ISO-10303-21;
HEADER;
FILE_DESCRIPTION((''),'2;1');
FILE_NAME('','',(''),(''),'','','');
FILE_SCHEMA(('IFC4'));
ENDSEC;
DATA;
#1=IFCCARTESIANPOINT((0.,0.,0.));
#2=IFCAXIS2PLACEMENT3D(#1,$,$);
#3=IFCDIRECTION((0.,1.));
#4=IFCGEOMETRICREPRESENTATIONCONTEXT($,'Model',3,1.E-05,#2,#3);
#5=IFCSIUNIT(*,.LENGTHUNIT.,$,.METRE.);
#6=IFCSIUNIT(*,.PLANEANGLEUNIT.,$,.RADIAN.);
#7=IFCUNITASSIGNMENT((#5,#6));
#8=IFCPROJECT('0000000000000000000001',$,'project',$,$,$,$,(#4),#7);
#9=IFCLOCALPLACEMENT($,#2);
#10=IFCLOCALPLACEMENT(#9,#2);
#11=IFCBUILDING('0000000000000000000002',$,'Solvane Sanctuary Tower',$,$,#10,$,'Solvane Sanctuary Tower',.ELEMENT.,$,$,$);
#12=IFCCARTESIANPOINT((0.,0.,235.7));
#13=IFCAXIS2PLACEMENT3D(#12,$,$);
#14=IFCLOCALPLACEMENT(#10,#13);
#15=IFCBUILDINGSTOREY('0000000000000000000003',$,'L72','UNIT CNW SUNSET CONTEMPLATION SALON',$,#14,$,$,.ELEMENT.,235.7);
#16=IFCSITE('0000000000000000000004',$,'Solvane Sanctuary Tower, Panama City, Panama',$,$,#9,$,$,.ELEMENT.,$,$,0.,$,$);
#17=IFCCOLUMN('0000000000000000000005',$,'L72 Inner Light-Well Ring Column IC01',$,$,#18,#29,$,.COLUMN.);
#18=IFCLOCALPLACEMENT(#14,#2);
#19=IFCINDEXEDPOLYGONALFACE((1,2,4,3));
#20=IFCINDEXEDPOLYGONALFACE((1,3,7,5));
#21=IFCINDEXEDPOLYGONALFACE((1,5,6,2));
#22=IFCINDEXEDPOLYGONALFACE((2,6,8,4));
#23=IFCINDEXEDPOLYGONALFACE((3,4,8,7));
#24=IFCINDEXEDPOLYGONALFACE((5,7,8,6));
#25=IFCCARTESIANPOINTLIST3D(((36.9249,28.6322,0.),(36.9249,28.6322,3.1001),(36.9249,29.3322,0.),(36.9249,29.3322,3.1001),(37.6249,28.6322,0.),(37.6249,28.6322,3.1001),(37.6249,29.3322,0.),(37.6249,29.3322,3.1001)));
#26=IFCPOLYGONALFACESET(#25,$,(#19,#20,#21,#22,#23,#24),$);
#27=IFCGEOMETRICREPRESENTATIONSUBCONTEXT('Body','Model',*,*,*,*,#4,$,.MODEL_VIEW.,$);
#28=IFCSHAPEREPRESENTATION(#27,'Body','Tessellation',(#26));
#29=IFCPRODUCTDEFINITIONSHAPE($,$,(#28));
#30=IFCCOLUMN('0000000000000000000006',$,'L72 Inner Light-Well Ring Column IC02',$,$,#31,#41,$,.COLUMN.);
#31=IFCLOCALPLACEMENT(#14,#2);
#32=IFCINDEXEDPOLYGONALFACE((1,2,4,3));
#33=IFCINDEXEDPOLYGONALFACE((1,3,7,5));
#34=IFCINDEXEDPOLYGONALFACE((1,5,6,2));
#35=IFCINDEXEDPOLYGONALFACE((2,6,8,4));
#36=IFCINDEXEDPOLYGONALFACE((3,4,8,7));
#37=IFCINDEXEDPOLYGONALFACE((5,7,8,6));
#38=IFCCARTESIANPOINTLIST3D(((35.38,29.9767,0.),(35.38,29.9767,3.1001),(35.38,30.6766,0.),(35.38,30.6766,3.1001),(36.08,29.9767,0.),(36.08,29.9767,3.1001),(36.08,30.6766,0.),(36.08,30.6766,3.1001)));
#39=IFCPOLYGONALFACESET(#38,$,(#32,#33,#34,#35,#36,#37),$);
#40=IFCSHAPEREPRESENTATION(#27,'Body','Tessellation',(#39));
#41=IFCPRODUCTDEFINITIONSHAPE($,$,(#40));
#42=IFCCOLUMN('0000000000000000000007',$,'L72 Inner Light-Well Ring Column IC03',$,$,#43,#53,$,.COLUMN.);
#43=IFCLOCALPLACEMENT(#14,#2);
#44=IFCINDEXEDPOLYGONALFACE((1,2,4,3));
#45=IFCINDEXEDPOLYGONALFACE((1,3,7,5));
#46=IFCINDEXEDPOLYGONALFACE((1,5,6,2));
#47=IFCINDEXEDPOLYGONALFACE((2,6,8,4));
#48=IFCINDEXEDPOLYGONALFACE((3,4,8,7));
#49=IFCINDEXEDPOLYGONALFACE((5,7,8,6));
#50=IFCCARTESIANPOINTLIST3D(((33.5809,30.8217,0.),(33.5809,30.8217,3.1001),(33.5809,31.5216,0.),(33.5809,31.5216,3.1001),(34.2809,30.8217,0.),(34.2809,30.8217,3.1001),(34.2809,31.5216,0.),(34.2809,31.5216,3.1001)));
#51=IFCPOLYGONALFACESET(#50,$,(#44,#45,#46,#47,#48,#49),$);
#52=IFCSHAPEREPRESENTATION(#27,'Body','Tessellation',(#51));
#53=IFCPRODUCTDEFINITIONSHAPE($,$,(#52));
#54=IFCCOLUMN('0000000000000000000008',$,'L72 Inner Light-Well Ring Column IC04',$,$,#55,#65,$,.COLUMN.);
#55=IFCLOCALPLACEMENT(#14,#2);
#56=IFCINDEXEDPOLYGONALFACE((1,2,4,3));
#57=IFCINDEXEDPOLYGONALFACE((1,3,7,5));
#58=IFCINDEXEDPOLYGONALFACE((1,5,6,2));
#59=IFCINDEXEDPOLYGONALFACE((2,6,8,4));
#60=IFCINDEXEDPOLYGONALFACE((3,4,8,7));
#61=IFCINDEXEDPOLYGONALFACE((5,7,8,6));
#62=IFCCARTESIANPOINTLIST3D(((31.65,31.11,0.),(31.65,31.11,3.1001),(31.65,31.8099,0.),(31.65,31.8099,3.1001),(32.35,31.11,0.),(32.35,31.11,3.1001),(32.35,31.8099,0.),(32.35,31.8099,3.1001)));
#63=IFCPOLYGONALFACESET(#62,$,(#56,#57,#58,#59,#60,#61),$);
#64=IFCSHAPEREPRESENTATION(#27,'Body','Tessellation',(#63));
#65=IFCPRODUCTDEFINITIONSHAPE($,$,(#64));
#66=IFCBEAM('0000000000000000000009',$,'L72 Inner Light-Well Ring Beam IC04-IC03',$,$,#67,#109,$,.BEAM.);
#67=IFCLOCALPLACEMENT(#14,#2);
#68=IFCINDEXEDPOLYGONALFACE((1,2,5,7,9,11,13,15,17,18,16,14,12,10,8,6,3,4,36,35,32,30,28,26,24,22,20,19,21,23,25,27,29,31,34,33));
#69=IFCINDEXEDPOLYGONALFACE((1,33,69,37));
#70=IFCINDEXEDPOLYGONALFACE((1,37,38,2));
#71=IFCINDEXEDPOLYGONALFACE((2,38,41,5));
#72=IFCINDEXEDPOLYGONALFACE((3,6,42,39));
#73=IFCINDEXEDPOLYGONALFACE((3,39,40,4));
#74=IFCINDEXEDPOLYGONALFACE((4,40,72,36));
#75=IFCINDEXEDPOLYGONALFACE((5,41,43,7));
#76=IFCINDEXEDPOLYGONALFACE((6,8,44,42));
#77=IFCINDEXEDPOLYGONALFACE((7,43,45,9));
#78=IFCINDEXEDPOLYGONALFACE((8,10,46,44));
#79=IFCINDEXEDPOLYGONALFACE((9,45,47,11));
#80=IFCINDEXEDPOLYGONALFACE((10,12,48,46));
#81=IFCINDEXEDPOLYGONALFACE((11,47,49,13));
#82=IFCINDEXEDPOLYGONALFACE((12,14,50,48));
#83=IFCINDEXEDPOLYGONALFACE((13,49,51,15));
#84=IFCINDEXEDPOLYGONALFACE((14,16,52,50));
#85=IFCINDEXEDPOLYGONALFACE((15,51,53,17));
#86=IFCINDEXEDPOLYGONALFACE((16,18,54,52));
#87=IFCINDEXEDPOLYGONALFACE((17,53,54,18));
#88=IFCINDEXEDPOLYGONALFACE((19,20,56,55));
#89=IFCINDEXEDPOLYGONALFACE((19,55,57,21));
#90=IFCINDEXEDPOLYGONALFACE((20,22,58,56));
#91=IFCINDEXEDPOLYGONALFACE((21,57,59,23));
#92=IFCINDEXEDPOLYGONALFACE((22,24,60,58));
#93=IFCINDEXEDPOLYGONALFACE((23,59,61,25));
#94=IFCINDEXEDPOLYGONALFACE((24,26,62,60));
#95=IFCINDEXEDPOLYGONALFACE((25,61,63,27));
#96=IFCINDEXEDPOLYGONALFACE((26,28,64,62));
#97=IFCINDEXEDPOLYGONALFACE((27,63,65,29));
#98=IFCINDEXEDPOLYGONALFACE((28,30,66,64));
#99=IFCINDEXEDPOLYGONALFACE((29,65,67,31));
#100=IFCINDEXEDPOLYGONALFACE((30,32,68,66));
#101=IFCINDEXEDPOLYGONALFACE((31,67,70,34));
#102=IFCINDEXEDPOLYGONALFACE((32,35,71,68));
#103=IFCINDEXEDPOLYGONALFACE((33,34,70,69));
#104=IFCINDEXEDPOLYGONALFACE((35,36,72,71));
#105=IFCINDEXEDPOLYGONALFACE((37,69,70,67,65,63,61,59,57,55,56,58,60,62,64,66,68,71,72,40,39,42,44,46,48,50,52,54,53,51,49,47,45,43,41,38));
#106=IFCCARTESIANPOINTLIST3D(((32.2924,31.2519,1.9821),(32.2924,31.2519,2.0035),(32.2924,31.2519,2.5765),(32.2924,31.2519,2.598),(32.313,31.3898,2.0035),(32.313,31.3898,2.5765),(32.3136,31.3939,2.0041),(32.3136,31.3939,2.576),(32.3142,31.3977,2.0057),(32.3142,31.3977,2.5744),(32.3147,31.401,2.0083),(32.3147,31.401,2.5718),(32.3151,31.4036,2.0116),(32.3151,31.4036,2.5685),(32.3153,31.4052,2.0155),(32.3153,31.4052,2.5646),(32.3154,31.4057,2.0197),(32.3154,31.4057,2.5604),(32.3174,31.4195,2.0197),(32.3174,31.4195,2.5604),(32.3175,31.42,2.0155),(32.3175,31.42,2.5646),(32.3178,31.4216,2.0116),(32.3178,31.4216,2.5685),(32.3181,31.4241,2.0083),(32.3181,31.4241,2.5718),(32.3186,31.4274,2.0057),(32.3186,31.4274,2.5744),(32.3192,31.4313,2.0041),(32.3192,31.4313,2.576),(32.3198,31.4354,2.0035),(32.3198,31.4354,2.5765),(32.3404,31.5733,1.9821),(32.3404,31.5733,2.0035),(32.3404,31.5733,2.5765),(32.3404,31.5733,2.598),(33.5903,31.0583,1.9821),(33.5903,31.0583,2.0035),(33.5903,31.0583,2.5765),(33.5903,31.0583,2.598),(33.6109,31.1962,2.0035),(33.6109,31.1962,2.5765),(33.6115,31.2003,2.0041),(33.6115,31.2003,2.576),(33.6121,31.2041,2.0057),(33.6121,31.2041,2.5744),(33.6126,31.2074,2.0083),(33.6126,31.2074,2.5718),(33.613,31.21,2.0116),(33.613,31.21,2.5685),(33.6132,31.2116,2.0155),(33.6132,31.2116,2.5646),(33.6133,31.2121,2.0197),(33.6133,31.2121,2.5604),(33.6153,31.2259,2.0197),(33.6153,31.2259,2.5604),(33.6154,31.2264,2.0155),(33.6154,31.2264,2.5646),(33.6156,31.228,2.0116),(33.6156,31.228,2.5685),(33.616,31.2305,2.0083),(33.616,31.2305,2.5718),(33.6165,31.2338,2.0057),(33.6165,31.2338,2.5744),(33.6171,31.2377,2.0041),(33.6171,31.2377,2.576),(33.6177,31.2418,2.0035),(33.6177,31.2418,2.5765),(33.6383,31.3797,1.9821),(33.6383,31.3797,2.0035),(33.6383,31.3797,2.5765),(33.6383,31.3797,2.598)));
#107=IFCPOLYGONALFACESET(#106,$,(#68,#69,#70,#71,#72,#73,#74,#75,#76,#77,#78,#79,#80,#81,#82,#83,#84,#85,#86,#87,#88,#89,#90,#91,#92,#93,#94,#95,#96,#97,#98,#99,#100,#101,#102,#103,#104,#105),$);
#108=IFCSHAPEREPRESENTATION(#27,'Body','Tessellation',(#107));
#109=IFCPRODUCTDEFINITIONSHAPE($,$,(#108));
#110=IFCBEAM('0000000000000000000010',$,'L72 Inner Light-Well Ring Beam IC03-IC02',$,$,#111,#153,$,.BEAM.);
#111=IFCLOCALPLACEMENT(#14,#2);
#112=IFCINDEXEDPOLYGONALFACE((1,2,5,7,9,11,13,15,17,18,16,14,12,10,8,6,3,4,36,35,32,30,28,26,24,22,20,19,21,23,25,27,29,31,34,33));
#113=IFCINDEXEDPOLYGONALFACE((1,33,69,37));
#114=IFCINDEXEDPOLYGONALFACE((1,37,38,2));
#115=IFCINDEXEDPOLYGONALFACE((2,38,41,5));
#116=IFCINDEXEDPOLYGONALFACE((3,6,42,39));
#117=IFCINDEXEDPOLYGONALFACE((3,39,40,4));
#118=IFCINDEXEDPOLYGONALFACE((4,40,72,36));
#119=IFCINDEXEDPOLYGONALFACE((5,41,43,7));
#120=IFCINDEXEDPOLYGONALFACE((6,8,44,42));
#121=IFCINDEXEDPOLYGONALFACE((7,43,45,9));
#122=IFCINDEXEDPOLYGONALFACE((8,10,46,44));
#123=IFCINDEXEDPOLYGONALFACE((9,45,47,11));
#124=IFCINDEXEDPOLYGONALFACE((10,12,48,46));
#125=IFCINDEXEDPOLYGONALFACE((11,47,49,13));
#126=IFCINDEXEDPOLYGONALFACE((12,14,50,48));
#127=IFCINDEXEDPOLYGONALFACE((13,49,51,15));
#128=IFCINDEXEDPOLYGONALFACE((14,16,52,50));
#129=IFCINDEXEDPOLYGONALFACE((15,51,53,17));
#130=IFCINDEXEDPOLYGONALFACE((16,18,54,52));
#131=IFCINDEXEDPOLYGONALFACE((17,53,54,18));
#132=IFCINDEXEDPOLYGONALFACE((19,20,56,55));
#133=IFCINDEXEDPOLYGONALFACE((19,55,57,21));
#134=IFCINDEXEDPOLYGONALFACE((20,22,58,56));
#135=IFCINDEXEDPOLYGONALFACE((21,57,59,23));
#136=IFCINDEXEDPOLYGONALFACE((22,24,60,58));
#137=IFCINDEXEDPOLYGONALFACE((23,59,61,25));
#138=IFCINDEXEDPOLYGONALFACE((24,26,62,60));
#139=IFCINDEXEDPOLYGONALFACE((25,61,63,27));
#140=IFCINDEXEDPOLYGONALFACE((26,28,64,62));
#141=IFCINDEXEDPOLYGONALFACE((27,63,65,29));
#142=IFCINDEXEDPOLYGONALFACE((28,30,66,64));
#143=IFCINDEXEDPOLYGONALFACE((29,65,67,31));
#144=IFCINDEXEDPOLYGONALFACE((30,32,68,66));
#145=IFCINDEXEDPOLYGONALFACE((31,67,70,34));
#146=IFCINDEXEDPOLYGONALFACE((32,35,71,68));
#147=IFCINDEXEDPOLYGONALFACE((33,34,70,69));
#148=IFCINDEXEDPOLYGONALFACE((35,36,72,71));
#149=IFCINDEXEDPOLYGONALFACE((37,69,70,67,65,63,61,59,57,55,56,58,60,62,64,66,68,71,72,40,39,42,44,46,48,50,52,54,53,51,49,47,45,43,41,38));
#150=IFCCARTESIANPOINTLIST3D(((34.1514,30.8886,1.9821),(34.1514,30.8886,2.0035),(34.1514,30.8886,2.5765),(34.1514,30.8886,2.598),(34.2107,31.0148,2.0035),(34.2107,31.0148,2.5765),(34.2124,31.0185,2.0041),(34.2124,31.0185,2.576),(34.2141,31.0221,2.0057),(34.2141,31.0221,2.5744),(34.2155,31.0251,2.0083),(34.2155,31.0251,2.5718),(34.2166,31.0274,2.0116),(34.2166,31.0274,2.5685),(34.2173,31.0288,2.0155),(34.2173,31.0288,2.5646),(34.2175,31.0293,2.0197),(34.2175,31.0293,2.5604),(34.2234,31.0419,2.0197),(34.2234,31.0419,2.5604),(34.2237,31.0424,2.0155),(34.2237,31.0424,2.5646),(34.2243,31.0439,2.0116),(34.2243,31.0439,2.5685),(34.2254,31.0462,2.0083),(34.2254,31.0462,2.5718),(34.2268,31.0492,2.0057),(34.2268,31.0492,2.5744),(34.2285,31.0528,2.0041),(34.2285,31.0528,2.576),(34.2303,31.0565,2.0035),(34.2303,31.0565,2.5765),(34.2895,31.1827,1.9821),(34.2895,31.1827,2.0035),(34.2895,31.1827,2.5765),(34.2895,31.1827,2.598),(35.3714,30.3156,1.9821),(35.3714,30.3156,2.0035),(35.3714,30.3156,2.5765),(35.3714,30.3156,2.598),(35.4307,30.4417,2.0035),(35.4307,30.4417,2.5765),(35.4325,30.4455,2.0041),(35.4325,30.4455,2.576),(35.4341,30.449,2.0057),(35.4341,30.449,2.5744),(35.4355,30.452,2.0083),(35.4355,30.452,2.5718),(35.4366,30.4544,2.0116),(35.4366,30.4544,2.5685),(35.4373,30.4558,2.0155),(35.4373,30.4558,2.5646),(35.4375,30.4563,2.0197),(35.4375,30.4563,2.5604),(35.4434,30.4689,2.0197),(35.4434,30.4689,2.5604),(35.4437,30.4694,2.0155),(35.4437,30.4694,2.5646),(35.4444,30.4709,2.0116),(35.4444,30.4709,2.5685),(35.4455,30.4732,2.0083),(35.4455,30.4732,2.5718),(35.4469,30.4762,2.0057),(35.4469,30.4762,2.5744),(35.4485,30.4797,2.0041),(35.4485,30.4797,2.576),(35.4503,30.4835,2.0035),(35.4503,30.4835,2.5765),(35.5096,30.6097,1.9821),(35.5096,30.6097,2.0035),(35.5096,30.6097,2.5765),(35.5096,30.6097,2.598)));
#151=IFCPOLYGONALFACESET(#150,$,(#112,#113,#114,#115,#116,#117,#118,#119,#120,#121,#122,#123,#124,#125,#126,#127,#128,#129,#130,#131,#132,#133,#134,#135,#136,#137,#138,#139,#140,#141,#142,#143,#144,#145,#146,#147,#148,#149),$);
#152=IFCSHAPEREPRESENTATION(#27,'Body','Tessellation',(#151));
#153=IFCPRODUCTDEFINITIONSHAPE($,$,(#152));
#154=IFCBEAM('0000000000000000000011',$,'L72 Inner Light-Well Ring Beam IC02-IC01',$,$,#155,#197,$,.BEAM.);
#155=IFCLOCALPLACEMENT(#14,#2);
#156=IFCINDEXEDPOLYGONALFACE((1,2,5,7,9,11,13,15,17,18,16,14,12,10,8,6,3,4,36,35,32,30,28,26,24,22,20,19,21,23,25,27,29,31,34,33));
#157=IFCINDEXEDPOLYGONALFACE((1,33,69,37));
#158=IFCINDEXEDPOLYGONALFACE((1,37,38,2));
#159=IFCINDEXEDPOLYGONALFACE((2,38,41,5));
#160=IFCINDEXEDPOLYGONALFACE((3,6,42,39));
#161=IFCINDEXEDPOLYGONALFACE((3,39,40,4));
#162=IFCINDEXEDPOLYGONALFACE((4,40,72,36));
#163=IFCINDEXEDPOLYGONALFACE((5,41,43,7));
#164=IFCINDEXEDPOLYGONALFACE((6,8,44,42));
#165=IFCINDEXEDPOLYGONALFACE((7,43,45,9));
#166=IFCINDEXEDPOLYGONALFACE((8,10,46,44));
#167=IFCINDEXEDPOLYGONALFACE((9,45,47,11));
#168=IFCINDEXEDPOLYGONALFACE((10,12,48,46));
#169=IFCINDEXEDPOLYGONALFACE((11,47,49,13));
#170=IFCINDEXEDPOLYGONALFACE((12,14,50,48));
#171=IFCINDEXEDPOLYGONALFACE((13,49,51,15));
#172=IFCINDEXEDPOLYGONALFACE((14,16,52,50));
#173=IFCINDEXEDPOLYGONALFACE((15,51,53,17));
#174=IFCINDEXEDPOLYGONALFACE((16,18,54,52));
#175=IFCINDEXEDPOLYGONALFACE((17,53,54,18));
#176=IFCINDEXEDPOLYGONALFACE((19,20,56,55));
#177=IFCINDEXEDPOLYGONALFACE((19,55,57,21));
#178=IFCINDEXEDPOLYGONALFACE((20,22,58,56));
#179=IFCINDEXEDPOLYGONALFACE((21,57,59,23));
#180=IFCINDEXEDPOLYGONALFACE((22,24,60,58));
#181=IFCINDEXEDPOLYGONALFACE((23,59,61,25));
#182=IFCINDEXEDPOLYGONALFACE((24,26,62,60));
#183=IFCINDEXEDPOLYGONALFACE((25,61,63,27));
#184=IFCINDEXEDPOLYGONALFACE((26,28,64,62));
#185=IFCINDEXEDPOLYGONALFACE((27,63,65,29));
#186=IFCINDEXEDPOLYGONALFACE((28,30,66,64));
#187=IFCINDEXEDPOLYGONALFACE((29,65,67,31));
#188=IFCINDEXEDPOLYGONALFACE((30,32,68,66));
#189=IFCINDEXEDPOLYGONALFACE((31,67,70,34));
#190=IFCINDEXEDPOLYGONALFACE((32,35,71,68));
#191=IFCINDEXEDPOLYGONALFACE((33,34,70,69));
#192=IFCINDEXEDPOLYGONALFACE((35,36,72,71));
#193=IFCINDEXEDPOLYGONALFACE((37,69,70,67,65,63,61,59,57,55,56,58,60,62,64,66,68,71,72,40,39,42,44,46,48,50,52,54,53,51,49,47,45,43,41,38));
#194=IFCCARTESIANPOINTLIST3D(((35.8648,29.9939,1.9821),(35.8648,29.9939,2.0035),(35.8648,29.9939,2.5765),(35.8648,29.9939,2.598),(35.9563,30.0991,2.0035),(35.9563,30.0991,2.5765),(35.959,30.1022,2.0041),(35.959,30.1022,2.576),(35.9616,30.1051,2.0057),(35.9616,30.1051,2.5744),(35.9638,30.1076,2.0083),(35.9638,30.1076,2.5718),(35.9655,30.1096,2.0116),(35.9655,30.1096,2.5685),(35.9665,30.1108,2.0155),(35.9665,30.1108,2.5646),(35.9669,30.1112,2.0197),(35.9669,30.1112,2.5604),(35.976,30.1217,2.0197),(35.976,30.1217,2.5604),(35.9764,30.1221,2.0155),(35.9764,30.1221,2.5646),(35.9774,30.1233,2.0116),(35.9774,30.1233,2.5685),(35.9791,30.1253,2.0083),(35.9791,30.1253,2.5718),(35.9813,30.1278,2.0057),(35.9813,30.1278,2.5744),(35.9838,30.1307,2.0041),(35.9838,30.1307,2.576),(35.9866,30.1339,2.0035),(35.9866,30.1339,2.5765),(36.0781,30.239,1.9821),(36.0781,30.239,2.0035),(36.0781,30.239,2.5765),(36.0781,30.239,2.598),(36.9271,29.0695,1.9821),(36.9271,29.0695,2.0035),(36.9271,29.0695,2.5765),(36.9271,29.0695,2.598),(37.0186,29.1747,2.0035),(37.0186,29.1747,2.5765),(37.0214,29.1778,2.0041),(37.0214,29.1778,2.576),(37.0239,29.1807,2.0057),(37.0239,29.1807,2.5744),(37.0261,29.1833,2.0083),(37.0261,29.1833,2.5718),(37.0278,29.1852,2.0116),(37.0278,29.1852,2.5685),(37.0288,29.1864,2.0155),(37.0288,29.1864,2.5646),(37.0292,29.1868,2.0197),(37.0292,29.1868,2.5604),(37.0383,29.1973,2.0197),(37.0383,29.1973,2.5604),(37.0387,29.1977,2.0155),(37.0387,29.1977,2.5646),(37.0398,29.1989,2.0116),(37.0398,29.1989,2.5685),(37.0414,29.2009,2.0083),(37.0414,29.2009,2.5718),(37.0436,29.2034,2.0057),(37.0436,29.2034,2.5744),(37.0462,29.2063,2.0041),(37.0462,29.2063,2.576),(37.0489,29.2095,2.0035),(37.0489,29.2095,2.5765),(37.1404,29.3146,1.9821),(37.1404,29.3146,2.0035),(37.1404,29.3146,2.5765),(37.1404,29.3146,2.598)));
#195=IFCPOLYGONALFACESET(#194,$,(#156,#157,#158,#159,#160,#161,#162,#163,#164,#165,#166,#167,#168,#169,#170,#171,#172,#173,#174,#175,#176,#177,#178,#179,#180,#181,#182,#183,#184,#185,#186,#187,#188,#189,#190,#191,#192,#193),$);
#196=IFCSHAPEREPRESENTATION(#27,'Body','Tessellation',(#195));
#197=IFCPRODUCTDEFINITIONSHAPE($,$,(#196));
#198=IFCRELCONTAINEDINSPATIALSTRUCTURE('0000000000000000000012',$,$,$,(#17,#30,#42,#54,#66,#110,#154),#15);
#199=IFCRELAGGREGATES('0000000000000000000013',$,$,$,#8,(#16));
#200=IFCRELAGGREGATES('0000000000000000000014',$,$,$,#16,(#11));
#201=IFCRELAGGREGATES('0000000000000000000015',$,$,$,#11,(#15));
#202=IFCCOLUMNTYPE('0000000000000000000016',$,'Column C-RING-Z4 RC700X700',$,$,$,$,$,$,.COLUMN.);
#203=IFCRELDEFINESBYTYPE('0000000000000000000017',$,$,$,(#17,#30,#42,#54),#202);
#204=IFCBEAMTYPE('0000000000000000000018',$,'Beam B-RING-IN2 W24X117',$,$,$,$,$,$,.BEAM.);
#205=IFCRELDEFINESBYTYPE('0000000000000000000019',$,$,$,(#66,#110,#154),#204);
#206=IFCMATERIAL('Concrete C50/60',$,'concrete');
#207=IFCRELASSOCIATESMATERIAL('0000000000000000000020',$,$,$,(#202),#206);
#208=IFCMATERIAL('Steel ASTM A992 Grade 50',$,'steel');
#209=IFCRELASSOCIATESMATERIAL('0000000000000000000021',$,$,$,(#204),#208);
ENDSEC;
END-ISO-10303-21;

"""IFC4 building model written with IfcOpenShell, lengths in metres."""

from ifc_helpers import new_model, si_unit, direction, frame, origin, origin_2d, place, context, subcontext, project, spatial, rectangle, i_section, extrude, material, material_profile, profile_set, type_object, element, save


model = new_model("IFC4")

# Units and contexts
model_context = context("Model", 3, precision=1e-05, world=origin(), true_north=direction((0.0, 1.0)))
body_context = subcontext(model_context, "Body", "Model", "MODEL_VIEW")
ifc_project = project(units=[si_unit("LENGTHUNIT", "METRE"), si_unit("PLANEANGLEUNIT", "RADIAN")], contexts=[model_context])

# Site, building, storey
site_placement = place(None, origin())
site = spatial("IfcSite", under=ifc_project, at=site_placement, Name="Solvane Sanctuary Tower, Panama City, Panama", CompositionType="ELEMENT", RefElevation=0.0)
building_placement = place(site_placement, origin())
building = spatial("IfcBuilding", under=site, at=building_placement, Name="Solvane Sanctuary Tower", LongName="Solvane Sanctuary Tower", CompositionType="ELEMENT")
storey_placement = place(building_placement, frame((0.0, 0.0, 235.7)))
storey = spatial("IfcBuildingStorey", under=building, at=storey_placement, Name="L72", Description="UNIT CNW SUNSET CONTEMPLATION SALON", CompositionType="ELEMENT", Elevation=235.7)

# Columns
ifc_material_1 = material(Name="Concrete C50/60", Category="concrete")
ifc_material_profile_1 = material_profile(ifc_material_1, rectangle(XDim=0.7, YDim=0.7, at=origin_2d()), Name="RC700X700")
ifc_profile_set_1 = profile_set([ifc_material_profile_1], Name="Concrete C50/60")
column_type = type_object("IfcColumnType", Name="Column C-RING-Z4 RC700X700", PredefinedType="COLUMN", material=ifc_profile_set_1)
for number, where, z_axis, x_axis, name in (
    (1, (37.2749, 28.9822, 0.0), (0.0, 0.0, 1.0), (1.0, 0.0, 0.0), "L72 Inner Light-Well Ring Column IC01"),
    (2, (35.73, 30.3267, 0.0), (0.0, 0.0, 1.0), (1.0, 0.0, 0.0), "L72 Inner Light-Well Ring Column IC02"),
    (3, (33.9309, 31.1716, 0.0), (0.0, 0.0, 1.0), (1.0, 0.0, 0.0), "L72 Inner Light-Well Ring Column IC03"),
    (4, (32.0, 31.46, 0.0), (0.0, 0.0, 1.0), (1.0, 0.0, 0.0), "L72 Inner Light-Well Ring Column IC04"),
):
    element("IfcColumn", number, at=place(storey_placement, frame(where, z_axis=z_axis, x_axis=x_axis)), inside=storey, type_object=column_type, Name=name, PredefinedType="COLUMN", context=body_context, shape_type="SweptSolid", body=[
        extrude(rectangle(XDim=0.7, YDim=0.7, at=origin_2d()), origin(), (0.0, 0.0, 1.0), 3.1001),
    ])

# Beams
ifc_material_2 = material(Name="Steel ASTM A992 Grade 50", Category="steel")
ifc_material_profile_2 = material_profile(ifc_material_2, i_section(OverallWidth=0.325, OverallDepth=0.616, WebThickness=0.0139, FlangeThickness=0.0215, FilletRadius=0.0161, at=origin_2d()), Name="W24X117")
ifc_profile_set_2 = profile_set([ifc_material_profile_2], Name="Steel ASTM A992 Grade 50")
beam_type_1 = type_object("IfcBeamType", Name="Beam B-RING-IN2 W24X117", PredefinedType="BEAM", material=ifc_profile_set_2)
beam_1_placement = place(storey_placement, frame((32.3164, 31.4126, 2.29), z_axis=(0.989056, -0.14754, 0.0), x_axis=(0.14754, 0.989056, 0.0)))
element("IfcBeam", 5, at=beam_1_placement, inside=storey, type_object=beam_type_1, Name="L72 Inner Light-Well Ring Beam IC04-IC03", PredefinedType="BEAM", context=body_context, shape_type="SweptSolid", body=[
    extrude(i_section(OverallWidth=0.325, OverallDepth=0.616, WebThickness=0.0139, FlangeThickness=0.0215, FilletRadius=0.0161, at=origin_2d()), origin(), (0.0, 0.0, 1.0), 1.3123),
])
beam_2_placement = place(storey_placement, frame((34.2205, 31.0356, 2.29), z_axis=(0.905135, -0.425125, 0.0), x_axis=(0.425125, 0.905135, 0.0)))
element("IfcBeam", 6, at=beam_2_placement, inside=storey, type_object=beam_type_1, Name="L72 Inner Light-Well Ring Beam IC03-IC02", PredefinedType="BEAM", context=body_context, shape_type="SweptSolid", body=[
    extrude(i_section(OverallWidth=0.325, OverallDepth=0.616, WebThickness=0.0139, FlangeThickness=0.0215, FilletRadius=0.0161, at=origin_2d()), origin(), (0.0, 0.0, 1.0), 1.3479),
])
beam_3_placement = place(storey_placement, frame((35.9714, 30.1165, 2.29), z_axis=(0.754389, -0.656428, 0.0), x_axis=(0.656428, 0.754389, 0.0)))
element("IfcBeam", 7, at=beam_3_placement, inside=storey, type_object=beam_type_1, Name="L72 Inner Light-Well Ring Beam IC02-IC01", PredefinedType="BEAM", context=body_context, shape_type="SweptSolid", body=[
    extrude(i_section(OverallWidth=0.325, OverallDepth=0.616, WebThickness=0.0139, FlangeThickness=0.0215, FilletRadius=0.0161, at=origin_2d()), origin(), (0.0, 0.0, 1.0), 1.4082),
])

save(model, "model.ifc")
